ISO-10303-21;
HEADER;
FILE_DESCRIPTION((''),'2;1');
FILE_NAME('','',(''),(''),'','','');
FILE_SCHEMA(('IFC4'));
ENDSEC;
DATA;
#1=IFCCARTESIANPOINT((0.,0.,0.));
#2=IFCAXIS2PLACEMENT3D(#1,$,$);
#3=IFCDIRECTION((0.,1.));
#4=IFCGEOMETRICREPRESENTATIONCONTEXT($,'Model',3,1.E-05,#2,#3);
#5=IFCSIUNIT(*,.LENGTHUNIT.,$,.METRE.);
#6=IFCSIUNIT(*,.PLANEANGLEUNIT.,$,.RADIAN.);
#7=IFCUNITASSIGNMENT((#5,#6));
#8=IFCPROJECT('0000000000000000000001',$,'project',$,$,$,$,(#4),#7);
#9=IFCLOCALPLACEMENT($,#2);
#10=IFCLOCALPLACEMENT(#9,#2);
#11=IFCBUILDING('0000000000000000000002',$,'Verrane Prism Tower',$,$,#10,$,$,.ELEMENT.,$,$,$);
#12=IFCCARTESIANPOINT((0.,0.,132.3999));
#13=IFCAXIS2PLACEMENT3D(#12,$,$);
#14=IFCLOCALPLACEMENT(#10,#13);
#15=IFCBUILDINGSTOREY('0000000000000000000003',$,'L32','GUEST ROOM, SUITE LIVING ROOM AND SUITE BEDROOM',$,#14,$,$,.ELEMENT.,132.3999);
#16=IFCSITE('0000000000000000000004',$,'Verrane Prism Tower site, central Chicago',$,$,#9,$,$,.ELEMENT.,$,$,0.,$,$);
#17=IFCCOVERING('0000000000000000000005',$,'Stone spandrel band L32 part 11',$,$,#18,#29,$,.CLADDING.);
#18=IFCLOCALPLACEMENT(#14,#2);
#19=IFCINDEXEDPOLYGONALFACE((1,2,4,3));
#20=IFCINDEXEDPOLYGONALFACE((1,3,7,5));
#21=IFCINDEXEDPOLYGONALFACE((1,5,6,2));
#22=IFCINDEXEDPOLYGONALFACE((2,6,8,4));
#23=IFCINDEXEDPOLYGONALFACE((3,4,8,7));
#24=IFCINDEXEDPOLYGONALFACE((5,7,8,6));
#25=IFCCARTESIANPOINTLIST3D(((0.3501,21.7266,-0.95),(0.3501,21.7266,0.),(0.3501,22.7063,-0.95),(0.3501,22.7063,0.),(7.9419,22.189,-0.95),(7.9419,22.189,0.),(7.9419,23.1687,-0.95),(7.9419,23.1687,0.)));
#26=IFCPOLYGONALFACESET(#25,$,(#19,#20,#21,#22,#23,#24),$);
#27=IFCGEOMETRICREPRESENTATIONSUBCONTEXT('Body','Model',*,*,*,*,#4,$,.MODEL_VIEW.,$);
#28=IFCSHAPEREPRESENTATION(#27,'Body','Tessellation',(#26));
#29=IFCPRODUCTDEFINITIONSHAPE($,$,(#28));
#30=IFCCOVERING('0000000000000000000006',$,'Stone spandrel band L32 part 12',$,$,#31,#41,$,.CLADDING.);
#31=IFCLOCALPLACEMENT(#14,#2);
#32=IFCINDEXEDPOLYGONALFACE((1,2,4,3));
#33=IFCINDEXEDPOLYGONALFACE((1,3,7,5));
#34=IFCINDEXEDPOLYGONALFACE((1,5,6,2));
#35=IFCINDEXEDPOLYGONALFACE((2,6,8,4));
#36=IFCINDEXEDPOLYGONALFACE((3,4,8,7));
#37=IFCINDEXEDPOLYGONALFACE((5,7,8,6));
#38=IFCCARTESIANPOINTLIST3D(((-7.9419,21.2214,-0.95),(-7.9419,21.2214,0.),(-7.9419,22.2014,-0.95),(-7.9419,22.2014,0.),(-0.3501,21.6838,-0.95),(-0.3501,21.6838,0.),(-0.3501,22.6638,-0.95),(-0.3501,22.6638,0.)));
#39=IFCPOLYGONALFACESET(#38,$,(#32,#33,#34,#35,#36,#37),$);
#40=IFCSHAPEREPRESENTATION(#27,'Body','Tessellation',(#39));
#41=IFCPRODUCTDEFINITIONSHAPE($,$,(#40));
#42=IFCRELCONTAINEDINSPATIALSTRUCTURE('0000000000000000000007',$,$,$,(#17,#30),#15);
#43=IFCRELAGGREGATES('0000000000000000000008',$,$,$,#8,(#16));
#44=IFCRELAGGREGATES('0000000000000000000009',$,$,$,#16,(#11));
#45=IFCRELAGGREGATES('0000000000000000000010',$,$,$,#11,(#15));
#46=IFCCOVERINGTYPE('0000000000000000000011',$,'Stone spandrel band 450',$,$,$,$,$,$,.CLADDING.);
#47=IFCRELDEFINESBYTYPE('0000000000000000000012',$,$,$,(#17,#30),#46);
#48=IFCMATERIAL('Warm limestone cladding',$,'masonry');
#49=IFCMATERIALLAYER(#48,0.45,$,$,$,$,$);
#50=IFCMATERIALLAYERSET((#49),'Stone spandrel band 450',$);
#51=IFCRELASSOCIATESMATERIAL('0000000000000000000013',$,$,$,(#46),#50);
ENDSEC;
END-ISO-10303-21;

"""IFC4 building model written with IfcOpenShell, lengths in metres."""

from ifc_helpers import new_model, si_unit, direction, frame, origin, place, context, subcontext, project, spatial, polyline, outline, extrude, material, layer, layer_set, type_object, element, save


model = new_model("IFC4")

# Units and contexts
model_context = context("Model", 3, precision=1e-05, world=origin(), true_north=direction((0.0, 1.0)))
body_context = subcontext(model_context, "Body", "Model", "MODEL_VIEW")
ifc_project = project(units=[si_unit("LENGTHUNIT", "METRE"), si_unit("PLANEANGLEUNIT", "RADIAN")], contexts=[model_context])

# Site, building, storey
site_placement = place(None, origin())
site = spatial("IfcSite", under=ifc_project, at=site_placement, Name="Verrane Prism Tower site, central Chicago", CompositionType="ELEMENT", RefElevation=0.0)
building_placement = place(site_placement, origin())
building = spatial("IfcBuilding", under=site, at=building_placement, Name="Verrane Prism Tower", CompositionType="ELEMENT")
storey_placement = place(building_placement, frame((0.0, 0.0, 132.3999)))
storey = spatial("IfcBuildingStorey", under=building, at=storey_placement, Name="L32", Description="GUEST ROOM, SUITE LIVING ROOM AND SUITE BEDROOM", CompositionType="ELEMENT", Elevation=132.3999)

# Coverings
ifc_material_1 = material(Name="Warm limestone cladding", Category="masonry")
ifc_layer_1 = layer(ifc_material_1, 0.45)
ifc_layer_set_1 = layer_set([ifc_layer_1], Name="Stone spandrel band 450")
covering_type_1 = type_object("IfcCoveringType", Name="Stone spandrel band 450", PredefinedType="CLADDING", material=ifc_layer_set_1)
covering_1_placement = place(storey_placement, frame((0.0, 0.0, -0.95)))
element("IfcCovering", 1, at=covering_1_placement, inside=storey, type_object=covering_type_1, Name="Stone spandrel band L32 part 11", PredefinedType="CLADDING", context=body_context, shape_type="SweptSolid", body=[
    extrude(outline(polyline([(0.3501, 22.7063), (0.3501, 21.7266), (7.9419, 22.189), (7.9419, 23.1687), (0.3501, 22.7063)])), origin(), (0.0, 0.0, 1.0), 0.95),
])
covering_2_placement = place(storey_placement, frame((0.0, 0.0, -0.95)))
element("IfcCovering", 2, at=covering_2_placement, inside=storey, type_object=covering_type_1, Name="Stone spandrel band L32 part 12", PredefinedType="CLADDING", context=body_context, shape_type="SweptSolid", body=[
    extrude(outline(polyline([(-7.9419, 22.2014), (-7.9419, 21.2214), (-0.3501, 21.6838), (-0.3501, 22.6638), (-7.9419, 22.2014)])), origin(), (0.0, 0.0, 1.0), 0.95),
])

save(model, "model.ifc")
